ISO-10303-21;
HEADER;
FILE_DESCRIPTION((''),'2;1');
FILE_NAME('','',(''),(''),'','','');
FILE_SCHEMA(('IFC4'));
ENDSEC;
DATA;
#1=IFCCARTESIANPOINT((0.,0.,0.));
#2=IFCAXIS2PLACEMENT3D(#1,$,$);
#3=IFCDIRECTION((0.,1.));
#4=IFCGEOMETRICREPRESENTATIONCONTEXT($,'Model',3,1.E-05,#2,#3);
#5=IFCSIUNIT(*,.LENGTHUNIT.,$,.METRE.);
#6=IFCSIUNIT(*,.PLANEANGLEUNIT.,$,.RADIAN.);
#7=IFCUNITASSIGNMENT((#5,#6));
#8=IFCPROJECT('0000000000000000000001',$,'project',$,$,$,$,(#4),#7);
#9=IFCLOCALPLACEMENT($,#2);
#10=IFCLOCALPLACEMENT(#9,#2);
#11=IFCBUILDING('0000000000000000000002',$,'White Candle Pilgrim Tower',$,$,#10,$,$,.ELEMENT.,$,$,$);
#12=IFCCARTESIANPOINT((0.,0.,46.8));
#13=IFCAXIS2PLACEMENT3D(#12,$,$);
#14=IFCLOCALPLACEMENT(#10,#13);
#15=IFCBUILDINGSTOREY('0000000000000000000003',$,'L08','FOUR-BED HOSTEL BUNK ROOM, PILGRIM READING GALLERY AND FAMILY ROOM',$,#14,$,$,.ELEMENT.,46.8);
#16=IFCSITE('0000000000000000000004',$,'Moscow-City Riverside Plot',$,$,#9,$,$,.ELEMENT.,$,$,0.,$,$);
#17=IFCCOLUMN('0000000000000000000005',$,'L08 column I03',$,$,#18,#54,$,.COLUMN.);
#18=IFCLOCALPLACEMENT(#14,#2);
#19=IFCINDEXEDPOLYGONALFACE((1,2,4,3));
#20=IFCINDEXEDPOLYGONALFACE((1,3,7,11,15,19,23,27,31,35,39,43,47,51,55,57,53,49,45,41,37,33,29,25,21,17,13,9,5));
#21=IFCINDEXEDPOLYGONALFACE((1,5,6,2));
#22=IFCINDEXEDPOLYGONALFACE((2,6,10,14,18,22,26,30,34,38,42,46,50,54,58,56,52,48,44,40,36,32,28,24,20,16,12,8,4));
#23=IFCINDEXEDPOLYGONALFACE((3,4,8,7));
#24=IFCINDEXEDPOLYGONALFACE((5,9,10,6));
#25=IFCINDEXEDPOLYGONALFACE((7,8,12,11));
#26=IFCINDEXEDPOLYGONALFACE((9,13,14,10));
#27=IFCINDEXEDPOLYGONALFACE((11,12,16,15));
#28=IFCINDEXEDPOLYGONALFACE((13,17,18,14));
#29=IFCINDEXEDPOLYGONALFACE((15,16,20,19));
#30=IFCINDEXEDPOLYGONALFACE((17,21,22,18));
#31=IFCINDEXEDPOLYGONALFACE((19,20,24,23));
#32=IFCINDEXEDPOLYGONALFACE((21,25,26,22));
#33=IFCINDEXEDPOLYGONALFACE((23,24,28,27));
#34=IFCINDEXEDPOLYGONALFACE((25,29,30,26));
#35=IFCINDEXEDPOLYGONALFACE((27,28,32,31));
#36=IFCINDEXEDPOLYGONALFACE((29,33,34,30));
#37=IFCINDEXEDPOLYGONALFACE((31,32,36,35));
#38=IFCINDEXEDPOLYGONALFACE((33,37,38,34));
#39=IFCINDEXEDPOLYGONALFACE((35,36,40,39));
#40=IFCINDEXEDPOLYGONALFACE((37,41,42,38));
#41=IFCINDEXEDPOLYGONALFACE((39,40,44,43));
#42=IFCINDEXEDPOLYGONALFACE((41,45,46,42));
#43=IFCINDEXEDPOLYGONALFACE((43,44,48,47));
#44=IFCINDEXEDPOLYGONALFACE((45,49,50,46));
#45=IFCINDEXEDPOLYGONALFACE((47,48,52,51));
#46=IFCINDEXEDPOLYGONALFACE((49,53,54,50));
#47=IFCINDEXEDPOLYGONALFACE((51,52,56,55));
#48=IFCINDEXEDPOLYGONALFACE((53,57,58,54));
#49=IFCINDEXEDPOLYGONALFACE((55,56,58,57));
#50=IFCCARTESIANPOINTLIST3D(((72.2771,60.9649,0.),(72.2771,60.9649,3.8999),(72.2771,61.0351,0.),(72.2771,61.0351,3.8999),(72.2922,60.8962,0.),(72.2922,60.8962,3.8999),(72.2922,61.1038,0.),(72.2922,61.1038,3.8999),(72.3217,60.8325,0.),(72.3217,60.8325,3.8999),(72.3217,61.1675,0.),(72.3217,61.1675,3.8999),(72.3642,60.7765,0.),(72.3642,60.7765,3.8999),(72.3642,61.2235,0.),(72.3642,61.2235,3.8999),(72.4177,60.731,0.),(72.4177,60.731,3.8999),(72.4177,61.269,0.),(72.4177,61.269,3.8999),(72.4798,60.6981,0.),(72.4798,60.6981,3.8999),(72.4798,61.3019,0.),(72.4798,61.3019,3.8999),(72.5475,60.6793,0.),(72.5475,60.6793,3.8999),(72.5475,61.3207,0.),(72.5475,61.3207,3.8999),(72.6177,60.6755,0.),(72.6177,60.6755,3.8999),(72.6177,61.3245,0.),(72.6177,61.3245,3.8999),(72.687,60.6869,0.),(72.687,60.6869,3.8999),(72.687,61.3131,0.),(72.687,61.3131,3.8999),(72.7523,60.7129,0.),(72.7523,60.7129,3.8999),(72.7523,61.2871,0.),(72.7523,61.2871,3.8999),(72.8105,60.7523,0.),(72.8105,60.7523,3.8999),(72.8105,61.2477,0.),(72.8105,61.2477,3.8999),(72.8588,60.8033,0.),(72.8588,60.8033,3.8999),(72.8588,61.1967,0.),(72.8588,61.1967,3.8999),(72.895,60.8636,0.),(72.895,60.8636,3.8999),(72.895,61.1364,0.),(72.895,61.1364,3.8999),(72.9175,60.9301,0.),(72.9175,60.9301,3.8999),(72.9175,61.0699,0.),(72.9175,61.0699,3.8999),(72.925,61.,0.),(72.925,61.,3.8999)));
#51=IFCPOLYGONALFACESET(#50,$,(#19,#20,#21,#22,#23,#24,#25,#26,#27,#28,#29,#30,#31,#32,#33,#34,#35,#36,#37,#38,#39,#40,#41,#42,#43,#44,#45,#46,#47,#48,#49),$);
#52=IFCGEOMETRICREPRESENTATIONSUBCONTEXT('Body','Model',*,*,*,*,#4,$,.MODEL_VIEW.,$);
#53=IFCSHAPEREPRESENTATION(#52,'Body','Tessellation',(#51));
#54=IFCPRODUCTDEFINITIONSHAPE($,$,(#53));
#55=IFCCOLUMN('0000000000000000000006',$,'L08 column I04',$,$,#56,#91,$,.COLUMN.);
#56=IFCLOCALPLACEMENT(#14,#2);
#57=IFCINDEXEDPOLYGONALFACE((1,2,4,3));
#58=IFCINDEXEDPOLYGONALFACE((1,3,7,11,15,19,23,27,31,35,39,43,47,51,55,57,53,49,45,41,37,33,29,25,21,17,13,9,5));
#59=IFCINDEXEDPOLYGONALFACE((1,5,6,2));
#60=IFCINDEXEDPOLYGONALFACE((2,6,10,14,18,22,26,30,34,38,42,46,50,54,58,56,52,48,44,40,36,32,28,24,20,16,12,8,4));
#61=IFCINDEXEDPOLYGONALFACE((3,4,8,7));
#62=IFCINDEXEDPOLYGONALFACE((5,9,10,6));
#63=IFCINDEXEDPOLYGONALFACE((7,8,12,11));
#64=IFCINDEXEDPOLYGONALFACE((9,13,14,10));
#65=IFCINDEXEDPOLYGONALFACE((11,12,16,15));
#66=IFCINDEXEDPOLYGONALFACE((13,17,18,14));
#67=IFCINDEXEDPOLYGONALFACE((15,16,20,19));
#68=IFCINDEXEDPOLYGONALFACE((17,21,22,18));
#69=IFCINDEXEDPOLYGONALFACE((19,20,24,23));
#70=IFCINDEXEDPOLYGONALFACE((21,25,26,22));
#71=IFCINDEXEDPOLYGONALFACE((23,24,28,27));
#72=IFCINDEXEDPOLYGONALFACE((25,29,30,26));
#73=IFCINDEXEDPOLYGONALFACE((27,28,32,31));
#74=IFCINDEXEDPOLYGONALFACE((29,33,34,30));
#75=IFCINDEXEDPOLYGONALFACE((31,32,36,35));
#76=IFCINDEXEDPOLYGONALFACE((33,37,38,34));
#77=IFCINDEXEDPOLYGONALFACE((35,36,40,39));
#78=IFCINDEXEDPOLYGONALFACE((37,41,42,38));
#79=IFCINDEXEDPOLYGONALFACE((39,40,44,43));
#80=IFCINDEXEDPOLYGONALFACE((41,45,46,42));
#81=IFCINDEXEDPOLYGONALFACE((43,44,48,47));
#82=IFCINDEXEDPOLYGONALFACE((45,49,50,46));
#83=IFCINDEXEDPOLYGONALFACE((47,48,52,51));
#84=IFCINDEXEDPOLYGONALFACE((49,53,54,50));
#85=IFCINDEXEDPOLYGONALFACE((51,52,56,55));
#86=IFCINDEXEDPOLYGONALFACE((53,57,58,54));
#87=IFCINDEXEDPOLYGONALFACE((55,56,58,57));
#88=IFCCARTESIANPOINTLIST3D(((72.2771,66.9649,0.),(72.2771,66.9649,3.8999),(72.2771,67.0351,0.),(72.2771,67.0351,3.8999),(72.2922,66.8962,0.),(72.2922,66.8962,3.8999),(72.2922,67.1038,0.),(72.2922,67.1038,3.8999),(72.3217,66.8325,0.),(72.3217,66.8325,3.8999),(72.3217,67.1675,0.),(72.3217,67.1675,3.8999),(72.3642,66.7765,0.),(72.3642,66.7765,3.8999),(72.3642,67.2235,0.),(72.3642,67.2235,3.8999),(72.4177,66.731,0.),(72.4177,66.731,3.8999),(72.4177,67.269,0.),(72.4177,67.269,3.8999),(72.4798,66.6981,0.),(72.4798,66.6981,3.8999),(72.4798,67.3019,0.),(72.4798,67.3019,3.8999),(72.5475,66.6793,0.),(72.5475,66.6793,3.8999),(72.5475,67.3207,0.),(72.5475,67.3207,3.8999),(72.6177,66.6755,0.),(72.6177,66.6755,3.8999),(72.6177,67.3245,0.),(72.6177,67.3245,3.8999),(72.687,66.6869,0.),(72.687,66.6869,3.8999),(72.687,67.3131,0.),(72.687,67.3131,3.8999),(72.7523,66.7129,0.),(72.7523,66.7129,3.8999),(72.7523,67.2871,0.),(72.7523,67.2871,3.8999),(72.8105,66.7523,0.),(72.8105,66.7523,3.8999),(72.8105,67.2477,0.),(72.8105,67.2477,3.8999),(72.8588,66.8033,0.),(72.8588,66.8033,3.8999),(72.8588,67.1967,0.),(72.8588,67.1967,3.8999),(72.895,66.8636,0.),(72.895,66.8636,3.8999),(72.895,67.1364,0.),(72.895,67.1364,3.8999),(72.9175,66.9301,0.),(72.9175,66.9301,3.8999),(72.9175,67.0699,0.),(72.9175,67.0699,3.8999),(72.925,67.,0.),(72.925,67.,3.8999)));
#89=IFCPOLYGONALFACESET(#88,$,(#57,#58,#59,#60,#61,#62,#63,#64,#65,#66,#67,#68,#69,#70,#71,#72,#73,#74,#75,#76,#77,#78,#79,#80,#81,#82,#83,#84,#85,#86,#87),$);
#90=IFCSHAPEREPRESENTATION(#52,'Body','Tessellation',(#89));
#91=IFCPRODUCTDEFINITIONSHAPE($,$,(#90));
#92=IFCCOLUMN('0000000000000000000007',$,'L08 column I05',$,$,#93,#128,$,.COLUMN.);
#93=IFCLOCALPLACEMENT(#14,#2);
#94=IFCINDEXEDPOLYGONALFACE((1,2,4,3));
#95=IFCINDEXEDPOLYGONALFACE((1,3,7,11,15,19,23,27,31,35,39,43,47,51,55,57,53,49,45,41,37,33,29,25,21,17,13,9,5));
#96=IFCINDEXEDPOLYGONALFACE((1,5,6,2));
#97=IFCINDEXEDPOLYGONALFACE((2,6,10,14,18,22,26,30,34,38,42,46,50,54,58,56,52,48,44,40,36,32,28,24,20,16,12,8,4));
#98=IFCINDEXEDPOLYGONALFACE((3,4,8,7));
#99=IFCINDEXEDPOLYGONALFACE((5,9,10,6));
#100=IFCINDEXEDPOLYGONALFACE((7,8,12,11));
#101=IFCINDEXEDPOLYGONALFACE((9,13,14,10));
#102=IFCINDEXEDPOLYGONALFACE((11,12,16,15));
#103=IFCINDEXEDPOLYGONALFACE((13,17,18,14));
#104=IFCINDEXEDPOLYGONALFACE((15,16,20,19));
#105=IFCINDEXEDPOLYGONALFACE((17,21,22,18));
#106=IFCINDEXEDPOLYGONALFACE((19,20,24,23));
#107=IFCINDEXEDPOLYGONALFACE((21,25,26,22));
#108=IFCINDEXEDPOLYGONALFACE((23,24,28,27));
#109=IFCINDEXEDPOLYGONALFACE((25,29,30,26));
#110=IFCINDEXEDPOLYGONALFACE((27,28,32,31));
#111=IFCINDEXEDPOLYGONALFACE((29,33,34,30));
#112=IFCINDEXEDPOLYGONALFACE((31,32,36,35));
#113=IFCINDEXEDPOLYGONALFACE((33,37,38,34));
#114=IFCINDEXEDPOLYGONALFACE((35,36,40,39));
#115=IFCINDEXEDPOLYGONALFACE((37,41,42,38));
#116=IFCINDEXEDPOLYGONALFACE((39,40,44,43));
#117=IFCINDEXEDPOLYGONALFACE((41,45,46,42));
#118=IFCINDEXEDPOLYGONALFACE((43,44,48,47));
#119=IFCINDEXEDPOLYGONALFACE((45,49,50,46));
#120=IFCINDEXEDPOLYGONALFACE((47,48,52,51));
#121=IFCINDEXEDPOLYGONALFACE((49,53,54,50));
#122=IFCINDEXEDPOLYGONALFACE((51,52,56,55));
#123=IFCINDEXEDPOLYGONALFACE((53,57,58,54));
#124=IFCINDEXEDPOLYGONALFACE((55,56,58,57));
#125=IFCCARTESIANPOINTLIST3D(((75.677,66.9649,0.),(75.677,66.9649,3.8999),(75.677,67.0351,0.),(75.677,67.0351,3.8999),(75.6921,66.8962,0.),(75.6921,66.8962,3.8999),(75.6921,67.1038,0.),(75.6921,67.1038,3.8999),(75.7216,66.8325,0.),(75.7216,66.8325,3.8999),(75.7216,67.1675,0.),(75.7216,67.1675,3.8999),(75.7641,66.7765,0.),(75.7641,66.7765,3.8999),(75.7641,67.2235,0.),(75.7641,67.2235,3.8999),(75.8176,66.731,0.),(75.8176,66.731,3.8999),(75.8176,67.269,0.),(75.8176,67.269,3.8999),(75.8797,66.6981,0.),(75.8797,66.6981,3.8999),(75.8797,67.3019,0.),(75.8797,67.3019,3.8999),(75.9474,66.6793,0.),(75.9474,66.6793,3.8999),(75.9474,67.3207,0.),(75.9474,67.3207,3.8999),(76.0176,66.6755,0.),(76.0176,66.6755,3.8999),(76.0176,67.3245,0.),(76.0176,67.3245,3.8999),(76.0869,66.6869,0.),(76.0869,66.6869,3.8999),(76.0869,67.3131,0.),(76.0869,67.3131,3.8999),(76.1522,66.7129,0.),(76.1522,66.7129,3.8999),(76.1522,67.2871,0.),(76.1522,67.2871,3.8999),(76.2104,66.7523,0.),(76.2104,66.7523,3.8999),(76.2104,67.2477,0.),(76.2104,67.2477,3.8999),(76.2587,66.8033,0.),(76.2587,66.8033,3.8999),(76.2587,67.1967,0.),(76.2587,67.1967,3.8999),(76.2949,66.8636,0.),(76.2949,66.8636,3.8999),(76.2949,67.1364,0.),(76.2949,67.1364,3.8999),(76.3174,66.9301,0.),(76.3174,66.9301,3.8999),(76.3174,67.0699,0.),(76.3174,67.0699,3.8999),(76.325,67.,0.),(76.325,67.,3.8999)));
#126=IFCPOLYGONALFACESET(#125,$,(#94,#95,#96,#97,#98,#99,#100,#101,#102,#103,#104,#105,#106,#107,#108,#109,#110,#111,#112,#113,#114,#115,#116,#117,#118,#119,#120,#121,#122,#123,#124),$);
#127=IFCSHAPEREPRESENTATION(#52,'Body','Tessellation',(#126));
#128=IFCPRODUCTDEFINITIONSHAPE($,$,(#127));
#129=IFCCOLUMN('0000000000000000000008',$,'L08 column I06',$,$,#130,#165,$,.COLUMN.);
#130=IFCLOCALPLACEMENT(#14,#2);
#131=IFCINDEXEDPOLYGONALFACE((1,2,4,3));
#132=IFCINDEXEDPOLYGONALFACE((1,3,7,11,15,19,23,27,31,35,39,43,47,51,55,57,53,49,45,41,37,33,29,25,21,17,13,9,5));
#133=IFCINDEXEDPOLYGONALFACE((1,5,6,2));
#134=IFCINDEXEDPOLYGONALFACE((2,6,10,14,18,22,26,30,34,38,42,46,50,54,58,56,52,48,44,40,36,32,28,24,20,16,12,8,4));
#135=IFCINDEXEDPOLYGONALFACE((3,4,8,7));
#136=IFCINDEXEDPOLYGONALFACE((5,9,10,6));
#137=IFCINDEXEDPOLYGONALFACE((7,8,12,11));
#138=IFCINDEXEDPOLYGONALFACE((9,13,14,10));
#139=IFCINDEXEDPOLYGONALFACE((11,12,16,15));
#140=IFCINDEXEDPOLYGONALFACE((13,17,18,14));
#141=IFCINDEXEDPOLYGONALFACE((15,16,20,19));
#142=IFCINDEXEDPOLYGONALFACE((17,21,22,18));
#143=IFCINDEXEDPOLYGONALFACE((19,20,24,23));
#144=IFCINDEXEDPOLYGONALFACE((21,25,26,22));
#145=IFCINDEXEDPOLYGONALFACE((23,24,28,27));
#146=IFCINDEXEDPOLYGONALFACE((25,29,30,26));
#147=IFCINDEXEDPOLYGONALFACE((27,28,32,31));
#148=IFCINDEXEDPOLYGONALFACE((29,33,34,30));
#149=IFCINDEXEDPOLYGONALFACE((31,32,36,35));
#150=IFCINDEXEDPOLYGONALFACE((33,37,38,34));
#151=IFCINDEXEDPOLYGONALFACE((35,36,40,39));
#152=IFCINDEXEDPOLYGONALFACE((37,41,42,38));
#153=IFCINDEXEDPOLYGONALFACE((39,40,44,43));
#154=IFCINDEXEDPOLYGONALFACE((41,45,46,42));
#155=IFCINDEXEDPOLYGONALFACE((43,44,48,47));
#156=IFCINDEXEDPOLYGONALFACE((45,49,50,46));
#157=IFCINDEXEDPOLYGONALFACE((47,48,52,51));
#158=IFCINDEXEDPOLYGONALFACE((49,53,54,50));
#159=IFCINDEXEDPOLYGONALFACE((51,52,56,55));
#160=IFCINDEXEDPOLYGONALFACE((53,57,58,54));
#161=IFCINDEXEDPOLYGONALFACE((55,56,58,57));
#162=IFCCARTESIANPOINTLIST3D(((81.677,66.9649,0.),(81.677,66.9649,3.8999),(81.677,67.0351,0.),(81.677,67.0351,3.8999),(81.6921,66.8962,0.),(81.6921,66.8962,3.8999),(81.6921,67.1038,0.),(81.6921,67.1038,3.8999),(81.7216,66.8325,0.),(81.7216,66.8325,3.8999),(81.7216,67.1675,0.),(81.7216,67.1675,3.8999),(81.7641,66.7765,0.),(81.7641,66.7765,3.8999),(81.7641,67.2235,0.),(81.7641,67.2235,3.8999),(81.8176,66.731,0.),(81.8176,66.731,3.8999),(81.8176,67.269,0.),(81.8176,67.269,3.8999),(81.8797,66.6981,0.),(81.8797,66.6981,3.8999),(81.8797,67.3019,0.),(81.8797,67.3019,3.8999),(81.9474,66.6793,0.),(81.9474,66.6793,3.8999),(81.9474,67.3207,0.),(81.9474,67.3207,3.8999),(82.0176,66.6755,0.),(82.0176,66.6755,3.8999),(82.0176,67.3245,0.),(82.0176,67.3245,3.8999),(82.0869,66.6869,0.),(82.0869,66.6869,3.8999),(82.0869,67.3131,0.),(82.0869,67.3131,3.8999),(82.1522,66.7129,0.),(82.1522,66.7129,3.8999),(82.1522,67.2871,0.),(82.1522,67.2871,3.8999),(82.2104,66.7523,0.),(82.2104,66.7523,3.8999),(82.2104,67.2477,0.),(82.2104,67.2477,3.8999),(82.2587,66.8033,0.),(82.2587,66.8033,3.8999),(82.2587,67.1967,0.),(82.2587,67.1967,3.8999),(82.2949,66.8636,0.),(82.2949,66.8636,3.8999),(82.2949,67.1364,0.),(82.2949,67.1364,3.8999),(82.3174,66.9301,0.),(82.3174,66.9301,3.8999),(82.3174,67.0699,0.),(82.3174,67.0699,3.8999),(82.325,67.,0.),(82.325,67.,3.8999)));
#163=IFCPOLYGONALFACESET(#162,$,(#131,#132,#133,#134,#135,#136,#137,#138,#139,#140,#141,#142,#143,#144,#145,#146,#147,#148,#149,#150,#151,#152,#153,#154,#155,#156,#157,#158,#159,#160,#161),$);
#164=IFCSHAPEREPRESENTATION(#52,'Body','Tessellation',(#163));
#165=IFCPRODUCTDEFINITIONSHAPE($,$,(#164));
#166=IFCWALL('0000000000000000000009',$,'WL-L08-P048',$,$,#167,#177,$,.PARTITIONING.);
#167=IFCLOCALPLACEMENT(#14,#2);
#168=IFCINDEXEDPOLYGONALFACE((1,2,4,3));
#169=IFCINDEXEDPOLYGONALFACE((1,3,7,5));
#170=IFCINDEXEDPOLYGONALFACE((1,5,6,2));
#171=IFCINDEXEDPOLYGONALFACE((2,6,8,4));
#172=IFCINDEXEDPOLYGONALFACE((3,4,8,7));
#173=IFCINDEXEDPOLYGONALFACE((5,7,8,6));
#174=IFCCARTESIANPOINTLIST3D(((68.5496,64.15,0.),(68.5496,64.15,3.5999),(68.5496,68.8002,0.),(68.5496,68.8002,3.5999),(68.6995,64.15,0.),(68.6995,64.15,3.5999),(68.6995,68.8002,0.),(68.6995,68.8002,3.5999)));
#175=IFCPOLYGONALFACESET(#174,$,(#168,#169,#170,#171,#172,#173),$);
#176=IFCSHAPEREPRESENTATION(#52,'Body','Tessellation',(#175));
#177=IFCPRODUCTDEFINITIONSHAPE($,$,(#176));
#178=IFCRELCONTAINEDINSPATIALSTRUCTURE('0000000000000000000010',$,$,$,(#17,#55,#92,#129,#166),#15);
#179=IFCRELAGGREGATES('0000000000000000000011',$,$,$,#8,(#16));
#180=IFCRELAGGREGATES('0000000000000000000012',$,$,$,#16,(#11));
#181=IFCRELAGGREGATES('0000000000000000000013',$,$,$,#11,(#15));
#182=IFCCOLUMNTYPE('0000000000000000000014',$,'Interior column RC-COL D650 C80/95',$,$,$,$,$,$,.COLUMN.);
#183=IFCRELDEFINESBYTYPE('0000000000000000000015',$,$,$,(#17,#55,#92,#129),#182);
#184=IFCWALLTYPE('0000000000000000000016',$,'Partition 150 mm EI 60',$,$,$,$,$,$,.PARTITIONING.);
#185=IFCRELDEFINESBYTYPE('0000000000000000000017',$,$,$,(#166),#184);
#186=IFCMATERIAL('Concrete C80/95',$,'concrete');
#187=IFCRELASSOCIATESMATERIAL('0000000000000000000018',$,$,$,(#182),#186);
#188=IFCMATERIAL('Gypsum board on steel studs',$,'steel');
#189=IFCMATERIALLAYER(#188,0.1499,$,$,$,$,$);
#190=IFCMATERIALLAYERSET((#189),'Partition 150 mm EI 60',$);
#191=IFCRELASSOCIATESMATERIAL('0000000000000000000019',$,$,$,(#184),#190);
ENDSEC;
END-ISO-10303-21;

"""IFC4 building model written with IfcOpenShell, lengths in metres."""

from ifc_helpers import new_model, si_unit, direction, frame, frame_2d, origin, origin_2d, place, context, subcontext, project, spatial, rectangle, circle, extrude, material, layer, layer_set, material_profile, profile_set, type_object, element, save


model = new_model("IFC4")

# Units and contexts
model_context = context("Model", 3, precision=1e-05, world=origin(), true_north=direction((0.0, 1.0)))
body_context = subcontext(model_context, "Body", "Model", "MODEL_VIEW")
ifc_project = project(units=[si_unit("LENGTHUNIT", "METRE"), si_unit("PLANEANGLEUNIT", "RADIAN")], contexts=[model_context])

# Site, building, storey
site_placement = place(None, origin())
site = spatial("IfcSite", under=ifc_project, at=site_placement, Name="Moscow-City Riverside Plot", CompositionType="ELEMENT", RefElevation=0.0)
building_placement = place(site_placement, origin())
building = spatial("IfcBuilding", under=site, at=building_placement, Name="White Candle Pilgrim Tower", CompositionType="ELEMENT")
storey_placement = place(building_placement, frame((0.0, 0.0, 46.8)))
storey = spatial("IfcBuildingStorey", under=building, at=storey_placement, Name="L08", Description="FOUR-BED HOSTEL BUNK ROOM, PILGRIM READING GALLERY AND FAMILY ROOM", CompositionType="ELEMENT", Elevation=46.8)

# Columns
ifc_material_1 = material(Name="Concrete C80/95", Category="concrete")
ifc_material_profile = material_profile(ifc_material_1, circle(Radius=0.325, at=origin_2d()), Name="RC-COL D650")
ifc_profile_set = profile_set([ifc_material_profile], Name="Concrete C80/95")
column_type = type_object("IfcColumnType", Name="Interior column RC-COL D650 C80/95", PredefinedType="COLUMN", material=ifc_profile_set)
for number, where, z_axis, x_axis, name in (
    (1, (72.6001, 61.0, 0.0), (0.0, 0.0, 1.0), (1.0, 0.0, 0.0), "L08 column I03"),
    (2, (72.6001, 67.0, 0.0), (0.0, 0.0, 1.0), (1.0, 0.0, 0.0), "L08 column I04"),
    (3, (76.0, 67.0, 0.0), (0.0, 0.0, 1.0), (1.0, 0.0, 0.0), "L08 column I05"),
    (4, (82.0, 67.0, 0.0), (0.0, 0.0, 1.0), (1.0, 0.0, 0.0), "L08 column I06"),
):
    element("IfcColumn", number, at=place(storey_placement, frame(where, z_axis=z_axis, x_axis=x_axis)), inside=storey, type_object=column_type, Name=name, PredefinedType="COLUMN", context=body_context, shape_type="SweptSolid", body=[
        extrude(circle(Radius=0.325, at=origin_2d()), origin(), (0.0, 0.0, 1.0), 3.8999),
    ])

# Wall
ifc_material_2 = material(Name="Gypsum board on steel studs", Category="steel")
ifc_layer_1 = layer(ifc_material_2, 0.1499)
ifc_layer_set_1 = layer_set([ifc_layer_1], Name="Partition 150 mm EI 60")
wall_type_1 = type_object("IfcWallType", Name="Partition 150 mm EI 60", PredefinedType="PARTITIONING", material=ifc_layer_set_1)
wall_1_placement = place(storey_placement, frame((68.6245, 64.1499, 0.0), z_axis=(0.0, 0.0, 1.0), x_axis=(0.0, 1.0, 0.0)))
element("IfcWall", 5, at=wall_1_placement, inside=storey, type_object=wall_type_1, Name="WL-L08-P048", PredefinedType="PARTITIONING", context=body_context, shape_type="SweptSolid", body=[
    extrude(rectangle(XDim=4.6501, YDim=0.1499, at=frame_2d((2.3252, 0.0))), origin(), (0.0, 0.0, 1.0), 3.5999),
])

save(model, "model.ifc")
